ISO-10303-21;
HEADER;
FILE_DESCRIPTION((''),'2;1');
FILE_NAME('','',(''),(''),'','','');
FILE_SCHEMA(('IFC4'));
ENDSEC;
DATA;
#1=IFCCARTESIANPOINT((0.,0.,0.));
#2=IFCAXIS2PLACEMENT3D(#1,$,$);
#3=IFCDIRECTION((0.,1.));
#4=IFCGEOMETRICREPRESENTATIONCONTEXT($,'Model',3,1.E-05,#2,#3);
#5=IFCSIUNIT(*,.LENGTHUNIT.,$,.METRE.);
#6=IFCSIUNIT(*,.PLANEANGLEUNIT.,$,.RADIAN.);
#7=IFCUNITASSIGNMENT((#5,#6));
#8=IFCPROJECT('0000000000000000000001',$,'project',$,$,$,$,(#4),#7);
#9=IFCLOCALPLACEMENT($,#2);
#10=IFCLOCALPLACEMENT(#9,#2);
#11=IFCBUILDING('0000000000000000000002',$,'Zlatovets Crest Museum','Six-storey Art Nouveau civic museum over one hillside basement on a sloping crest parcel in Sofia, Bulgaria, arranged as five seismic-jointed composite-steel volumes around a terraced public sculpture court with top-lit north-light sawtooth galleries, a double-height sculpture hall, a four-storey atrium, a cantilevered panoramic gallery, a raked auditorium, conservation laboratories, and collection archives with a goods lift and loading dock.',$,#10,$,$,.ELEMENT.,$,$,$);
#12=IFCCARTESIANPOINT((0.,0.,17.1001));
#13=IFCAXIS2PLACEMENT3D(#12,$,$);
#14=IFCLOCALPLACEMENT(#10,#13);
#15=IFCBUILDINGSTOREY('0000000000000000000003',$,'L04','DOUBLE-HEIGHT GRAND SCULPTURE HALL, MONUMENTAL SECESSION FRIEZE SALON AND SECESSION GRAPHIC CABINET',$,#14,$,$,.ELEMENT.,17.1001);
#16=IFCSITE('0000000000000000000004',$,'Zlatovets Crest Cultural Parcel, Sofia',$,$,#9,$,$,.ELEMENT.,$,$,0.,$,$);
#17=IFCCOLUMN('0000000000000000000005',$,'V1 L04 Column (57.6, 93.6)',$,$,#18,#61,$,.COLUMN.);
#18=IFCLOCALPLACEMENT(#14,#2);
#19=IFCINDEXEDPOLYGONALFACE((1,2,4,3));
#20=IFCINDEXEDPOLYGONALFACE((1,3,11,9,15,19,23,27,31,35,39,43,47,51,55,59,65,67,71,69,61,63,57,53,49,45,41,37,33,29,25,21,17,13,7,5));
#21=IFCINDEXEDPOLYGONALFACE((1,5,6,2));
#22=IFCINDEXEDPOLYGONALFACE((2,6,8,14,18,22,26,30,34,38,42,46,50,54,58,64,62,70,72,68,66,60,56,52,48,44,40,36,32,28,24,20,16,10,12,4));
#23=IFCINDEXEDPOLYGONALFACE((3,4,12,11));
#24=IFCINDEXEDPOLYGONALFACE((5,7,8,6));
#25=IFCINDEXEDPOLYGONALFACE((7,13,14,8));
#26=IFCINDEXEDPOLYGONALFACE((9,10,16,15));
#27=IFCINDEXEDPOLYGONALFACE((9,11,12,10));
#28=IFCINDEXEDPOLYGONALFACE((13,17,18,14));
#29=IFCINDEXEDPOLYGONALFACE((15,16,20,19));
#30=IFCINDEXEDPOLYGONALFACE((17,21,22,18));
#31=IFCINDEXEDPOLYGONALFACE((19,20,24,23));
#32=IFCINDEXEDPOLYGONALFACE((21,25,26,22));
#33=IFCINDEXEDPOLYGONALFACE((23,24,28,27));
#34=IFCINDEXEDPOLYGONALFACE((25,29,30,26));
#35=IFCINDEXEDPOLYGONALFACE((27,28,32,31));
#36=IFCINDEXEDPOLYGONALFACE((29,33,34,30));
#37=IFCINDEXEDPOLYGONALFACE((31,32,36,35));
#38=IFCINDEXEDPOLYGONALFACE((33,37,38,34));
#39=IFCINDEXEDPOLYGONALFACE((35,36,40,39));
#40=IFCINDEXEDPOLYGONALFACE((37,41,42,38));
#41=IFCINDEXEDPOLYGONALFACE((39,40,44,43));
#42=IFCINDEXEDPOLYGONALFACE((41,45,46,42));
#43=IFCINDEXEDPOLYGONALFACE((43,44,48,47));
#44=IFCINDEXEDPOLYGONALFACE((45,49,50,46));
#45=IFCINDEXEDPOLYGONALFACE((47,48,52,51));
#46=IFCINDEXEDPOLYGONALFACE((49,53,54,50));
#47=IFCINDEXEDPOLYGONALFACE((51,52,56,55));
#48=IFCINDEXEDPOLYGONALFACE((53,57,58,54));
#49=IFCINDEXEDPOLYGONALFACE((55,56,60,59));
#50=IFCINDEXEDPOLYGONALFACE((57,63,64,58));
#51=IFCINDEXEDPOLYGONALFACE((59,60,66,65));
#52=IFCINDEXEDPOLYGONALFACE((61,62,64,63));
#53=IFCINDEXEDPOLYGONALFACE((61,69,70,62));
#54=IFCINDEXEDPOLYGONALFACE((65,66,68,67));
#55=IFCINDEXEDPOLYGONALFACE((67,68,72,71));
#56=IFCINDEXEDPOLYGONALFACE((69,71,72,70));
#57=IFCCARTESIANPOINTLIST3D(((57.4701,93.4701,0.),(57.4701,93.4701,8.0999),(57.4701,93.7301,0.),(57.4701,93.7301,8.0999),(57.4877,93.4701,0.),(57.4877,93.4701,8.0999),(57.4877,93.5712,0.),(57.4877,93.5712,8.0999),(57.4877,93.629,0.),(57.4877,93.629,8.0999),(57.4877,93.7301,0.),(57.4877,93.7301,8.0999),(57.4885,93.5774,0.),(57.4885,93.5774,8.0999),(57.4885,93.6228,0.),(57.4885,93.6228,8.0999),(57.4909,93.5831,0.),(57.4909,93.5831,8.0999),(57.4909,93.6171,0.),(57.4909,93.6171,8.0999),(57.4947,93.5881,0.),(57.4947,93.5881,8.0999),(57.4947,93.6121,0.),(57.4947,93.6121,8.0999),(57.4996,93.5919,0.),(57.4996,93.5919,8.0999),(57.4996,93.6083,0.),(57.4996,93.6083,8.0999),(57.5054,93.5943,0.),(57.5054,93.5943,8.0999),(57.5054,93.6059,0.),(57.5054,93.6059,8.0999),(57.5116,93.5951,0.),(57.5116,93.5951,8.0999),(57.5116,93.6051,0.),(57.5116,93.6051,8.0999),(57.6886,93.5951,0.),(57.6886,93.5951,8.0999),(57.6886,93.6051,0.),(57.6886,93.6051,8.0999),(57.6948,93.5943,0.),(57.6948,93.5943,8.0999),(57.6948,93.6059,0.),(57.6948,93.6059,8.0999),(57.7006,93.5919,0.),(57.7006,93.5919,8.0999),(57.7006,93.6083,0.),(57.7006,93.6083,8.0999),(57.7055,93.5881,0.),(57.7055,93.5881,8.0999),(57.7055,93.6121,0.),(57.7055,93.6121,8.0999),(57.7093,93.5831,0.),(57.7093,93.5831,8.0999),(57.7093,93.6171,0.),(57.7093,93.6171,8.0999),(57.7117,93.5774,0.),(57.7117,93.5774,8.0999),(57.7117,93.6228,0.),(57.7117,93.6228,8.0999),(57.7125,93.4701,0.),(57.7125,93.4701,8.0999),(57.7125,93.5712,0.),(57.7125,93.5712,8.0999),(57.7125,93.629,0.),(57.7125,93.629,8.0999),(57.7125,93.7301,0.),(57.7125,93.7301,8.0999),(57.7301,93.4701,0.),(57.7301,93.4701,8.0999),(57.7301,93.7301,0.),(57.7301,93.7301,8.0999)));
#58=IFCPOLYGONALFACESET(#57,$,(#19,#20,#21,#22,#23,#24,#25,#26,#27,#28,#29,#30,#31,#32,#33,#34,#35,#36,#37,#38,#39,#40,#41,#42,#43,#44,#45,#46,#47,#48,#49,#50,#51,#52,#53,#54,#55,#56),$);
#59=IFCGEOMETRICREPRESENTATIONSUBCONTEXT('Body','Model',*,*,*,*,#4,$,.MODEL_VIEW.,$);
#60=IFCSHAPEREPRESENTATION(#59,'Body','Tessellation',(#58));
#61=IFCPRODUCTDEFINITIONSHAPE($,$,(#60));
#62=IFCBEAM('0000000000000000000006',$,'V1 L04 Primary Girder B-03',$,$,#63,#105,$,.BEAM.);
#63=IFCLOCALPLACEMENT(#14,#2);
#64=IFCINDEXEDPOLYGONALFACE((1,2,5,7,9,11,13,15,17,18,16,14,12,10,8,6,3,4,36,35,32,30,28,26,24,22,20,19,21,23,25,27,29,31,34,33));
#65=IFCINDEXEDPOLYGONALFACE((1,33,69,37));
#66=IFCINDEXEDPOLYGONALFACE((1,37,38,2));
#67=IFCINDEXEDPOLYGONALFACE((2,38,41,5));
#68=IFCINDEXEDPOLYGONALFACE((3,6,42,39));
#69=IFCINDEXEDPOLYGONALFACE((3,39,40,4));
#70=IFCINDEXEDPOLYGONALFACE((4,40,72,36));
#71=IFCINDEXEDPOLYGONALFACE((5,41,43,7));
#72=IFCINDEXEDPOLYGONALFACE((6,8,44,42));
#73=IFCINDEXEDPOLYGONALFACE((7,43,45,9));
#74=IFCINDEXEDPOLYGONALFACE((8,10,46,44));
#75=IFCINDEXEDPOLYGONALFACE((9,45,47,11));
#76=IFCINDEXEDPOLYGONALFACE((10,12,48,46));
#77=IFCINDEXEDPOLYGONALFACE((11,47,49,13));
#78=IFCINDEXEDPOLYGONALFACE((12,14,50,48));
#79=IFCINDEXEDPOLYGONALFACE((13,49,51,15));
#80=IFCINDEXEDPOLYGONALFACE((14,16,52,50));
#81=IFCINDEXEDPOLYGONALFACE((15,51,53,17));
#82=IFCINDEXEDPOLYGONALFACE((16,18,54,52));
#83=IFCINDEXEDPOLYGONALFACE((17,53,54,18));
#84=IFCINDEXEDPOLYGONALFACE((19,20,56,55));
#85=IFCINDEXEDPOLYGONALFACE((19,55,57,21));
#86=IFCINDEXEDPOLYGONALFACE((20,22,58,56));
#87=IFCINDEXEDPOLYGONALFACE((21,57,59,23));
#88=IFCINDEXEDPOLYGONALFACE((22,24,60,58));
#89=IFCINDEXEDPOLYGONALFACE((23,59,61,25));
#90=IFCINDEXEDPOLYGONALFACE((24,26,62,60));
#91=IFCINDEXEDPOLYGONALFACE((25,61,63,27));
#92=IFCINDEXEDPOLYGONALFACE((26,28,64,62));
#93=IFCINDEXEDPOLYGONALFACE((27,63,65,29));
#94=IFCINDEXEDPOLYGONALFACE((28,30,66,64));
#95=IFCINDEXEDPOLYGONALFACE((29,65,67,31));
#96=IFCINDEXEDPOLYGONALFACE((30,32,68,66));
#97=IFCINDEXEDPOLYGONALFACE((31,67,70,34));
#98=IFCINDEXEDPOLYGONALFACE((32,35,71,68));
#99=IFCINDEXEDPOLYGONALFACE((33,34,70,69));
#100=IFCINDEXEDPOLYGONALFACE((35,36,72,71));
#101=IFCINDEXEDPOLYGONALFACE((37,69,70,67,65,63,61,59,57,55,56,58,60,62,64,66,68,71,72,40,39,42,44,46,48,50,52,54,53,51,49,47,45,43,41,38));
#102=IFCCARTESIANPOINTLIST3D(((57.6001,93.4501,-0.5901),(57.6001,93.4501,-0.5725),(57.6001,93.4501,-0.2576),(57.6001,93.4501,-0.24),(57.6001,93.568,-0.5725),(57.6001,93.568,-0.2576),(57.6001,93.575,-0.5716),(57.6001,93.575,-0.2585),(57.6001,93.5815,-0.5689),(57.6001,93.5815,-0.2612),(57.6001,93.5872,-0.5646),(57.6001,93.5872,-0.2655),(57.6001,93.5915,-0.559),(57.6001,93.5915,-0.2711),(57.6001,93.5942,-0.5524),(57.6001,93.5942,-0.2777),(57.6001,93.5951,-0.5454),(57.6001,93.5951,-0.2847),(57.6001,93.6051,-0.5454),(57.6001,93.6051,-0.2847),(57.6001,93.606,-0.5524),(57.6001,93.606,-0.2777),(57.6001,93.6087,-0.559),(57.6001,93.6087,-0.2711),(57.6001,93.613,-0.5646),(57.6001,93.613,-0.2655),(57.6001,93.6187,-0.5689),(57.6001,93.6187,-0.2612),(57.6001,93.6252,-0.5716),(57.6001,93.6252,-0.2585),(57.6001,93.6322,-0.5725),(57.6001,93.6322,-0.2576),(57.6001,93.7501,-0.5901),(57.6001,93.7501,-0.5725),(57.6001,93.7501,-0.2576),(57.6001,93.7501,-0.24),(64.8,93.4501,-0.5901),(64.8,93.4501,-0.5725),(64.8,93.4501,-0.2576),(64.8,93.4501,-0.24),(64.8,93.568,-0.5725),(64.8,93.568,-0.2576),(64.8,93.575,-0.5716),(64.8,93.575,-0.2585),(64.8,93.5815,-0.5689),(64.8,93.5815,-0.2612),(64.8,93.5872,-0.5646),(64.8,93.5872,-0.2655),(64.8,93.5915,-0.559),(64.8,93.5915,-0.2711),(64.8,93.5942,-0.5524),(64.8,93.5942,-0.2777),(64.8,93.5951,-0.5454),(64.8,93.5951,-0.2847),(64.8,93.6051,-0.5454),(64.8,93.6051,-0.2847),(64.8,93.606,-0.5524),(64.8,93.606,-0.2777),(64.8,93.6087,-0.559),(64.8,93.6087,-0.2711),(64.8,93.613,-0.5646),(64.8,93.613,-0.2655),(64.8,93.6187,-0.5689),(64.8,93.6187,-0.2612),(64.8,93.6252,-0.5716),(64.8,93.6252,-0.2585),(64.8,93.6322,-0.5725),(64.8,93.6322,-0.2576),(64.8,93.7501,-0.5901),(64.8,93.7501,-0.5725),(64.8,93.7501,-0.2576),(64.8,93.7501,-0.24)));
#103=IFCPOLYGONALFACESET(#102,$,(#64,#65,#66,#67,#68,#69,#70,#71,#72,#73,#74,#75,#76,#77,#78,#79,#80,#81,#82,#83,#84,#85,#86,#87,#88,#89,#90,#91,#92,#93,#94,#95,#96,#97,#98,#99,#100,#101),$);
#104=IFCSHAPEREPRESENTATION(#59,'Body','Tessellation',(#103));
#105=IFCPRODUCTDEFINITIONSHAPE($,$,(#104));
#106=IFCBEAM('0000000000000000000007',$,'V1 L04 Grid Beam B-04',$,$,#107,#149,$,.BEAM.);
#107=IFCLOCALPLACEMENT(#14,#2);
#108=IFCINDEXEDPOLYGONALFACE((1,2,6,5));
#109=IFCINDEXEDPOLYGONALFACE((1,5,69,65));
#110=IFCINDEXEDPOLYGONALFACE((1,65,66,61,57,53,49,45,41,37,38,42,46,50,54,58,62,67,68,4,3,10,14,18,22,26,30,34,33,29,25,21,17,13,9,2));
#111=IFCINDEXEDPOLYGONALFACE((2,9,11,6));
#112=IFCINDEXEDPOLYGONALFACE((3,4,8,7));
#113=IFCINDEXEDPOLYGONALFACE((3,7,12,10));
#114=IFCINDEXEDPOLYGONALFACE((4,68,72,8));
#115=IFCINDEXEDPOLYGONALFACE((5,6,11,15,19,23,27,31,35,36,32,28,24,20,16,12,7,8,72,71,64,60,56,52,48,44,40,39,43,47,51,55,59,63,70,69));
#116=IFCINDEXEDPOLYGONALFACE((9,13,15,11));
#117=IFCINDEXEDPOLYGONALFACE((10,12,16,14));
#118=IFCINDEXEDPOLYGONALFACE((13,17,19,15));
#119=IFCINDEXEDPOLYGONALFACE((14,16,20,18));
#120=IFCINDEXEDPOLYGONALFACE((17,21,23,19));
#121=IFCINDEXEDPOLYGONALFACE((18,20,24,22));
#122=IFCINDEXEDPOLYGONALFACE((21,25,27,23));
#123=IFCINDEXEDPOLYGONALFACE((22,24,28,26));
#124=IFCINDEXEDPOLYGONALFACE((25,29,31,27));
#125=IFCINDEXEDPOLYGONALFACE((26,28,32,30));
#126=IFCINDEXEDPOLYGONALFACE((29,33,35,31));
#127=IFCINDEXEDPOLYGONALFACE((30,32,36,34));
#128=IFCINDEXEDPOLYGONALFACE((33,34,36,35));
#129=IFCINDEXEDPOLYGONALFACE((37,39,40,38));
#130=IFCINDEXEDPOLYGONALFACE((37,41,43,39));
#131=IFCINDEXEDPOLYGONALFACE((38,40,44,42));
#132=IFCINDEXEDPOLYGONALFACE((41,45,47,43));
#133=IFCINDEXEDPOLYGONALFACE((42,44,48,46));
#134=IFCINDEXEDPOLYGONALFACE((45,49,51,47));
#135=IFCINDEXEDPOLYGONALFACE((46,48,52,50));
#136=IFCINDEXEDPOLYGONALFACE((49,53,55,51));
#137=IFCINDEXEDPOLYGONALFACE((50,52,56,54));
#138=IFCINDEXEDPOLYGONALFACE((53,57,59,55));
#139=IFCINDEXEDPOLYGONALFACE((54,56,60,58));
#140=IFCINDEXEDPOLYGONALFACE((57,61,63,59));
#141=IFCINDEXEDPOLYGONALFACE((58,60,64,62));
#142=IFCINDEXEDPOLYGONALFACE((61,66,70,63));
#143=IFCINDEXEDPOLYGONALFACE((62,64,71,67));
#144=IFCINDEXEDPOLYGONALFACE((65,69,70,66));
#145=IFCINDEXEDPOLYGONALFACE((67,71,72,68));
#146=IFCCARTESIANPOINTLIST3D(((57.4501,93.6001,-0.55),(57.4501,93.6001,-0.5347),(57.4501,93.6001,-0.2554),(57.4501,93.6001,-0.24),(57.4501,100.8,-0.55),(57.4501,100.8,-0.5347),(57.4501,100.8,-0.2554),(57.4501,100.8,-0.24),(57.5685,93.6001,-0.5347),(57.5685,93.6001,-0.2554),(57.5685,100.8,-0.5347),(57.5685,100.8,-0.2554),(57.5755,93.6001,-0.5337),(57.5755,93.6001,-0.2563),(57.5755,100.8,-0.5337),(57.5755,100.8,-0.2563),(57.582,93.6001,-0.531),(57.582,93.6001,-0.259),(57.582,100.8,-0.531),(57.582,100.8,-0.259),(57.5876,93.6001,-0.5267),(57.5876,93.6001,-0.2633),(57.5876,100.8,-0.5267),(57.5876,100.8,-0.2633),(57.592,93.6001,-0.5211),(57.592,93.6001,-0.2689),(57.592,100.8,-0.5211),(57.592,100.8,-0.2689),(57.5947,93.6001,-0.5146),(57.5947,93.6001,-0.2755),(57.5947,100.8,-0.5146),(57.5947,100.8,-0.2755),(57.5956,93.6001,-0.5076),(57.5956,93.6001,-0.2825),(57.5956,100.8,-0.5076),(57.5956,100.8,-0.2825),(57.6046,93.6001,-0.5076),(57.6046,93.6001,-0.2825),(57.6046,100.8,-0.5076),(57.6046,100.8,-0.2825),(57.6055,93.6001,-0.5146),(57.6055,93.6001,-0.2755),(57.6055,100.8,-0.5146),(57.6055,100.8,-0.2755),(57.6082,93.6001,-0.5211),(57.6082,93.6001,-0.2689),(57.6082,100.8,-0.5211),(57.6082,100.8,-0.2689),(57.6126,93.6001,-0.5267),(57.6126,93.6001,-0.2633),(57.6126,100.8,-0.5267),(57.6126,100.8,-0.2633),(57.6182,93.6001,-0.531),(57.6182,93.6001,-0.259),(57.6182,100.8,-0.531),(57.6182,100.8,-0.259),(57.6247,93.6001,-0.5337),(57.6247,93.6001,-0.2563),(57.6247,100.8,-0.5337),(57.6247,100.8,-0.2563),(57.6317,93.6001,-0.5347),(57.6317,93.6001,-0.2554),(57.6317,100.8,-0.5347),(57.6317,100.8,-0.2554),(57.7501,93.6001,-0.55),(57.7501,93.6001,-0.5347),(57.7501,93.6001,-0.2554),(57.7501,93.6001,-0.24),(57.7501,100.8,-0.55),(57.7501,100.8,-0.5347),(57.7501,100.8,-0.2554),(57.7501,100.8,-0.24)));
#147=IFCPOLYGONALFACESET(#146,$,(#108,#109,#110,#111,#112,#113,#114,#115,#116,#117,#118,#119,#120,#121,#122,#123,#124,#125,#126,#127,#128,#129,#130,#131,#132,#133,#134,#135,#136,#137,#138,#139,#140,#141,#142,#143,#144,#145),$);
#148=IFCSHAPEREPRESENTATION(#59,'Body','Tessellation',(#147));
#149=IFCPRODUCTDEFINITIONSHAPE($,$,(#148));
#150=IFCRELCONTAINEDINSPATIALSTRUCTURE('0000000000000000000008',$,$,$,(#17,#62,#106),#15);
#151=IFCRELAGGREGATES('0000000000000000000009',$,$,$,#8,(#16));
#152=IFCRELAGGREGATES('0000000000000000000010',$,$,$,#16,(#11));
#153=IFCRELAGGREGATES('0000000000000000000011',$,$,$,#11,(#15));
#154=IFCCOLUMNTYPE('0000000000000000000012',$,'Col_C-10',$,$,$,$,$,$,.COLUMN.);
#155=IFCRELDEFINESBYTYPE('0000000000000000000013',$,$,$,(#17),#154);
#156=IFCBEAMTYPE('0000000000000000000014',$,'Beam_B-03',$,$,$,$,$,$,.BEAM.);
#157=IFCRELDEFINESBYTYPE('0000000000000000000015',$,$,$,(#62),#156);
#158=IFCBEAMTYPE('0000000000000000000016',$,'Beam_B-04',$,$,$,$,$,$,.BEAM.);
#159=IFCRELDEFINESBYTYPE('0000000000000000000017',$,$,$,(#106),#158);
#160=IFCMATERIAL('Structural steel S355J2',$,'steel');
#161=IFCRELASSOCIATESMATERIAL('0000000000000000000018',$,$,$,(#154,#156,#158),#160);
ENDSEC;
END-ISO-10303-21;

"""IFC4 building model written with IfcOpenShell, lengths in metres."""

from ifc_helpers import new_model, si_unit, direction, frame, origin, origin_2d, place, context, subcontext, project, spatial, i_section, extrude, material, material_profile, profile_set, type_object, element, save


model = new_model("IFC4")

# Units and contexts
model_context = context("Model", 3, precision=1e-05, world=origin(), true_north=direction((0.0, 1.0)))
body_context = subcontext(model_context, "Body", "Model", "MODEL_VIEW")
ifc_project = project(units=[si_unit("LENGTHUNIT", "METRE"), si_unit("PLANEANGLEUNIT", "RADIAN")], contexts=[model_context])

# Site, building, storey
site_placement = place(None, origin())
site = spatial("IfcSite", under=ifc_project, at=site_placement, Name="Zlatovets Crest Cultural Parcel, Sofia", CompositionType="ELEMENT", RefElevation=0.0)
building_placement = place(site_placement, origin())
building = spatial("IfcBuilding", under=site, at=building_placement, Name="Zlatovets Crest Museum", Description="Six-storey Art Nouveau civic museum over one hillside basement on a sloping crest parcel in Sofia, Bulgaria, arranged as five seismic-jointed composite-steel volumes around a terraced public sculpture court with top-lit north-light sawtooth galleries, a double-height sculpture hall, a four-storey atrium, a cantilevered panoramic gallery, a raked auditorium, conservation laboratories, and collection archives with a goods lift and loading dock.", CompositionType="ELEMENT")
storey_placement = place(building_placement, frame((0.0, 0.0, 17.1001)))
storey = spatial("IfcBuildingStorey", under=building, at=storey_placement, Name="L04", Description="DOUBLE-HEIGHT GRAND SCULPTURE HALL, MONUMENTAL SECESSION FRIEZE SALON AND SECESSION GRAPHIC CABINET", CompositionType="ELEMENT", Elevation=17.1001)

# Column
ifc_material_1 = material(Name="Structural steel S355J2", Category="steel")
ifc_material_profile_1 = material_profile(ifc_material_1, i_section(OverallWidth=0.26, OverallDepth=0.26, WebThickness=0.01, FlangeThickness=0.0176, FilletRadius=0.0239, at=origin_2d()), Name="HEB 260")
ifc_profile_set_1 = profile_set([ifc_material_profile_1], Name="Structural steel S355J2")
column_type = type_object("IfcColumnType", Name="Col_C-10", PredefinedType="COLUMN", material=ifc_profile_set_1)
column_placement = place(storey_placement, frame((57.6001, 93.6001, 0.0), z_axis=(0.0, 0.0, 1.0), x_axis=(0.0, 1.0, 0.0)))
element("IfcColumn", 1, at=column_placement, inside=storey, type_object=column_type, Name="V1 L04 Column (57.6, 93.6)", PredefinedType="COLUMN", context=body_context, shape_type="SweptSolid", body=[
    extrude(i_section(OverallWidth=0.26, OverallDepth=0.26, WebThickness=0.01, FlangeThickness=0.0176, FilletRadius=0.0239, at=origin_2d()), origin(), (0.0, 0.0, 1.0), 8.0999),
])

# Beams
ifc_material_profile_2 = material_profile(ifc_material_1, i_section(OverallWidth=0.3, OverallDepth=0.3501, WebThickness=0.01, FlangeThickness=0.0176, FilletRadius=0.0271, at=origin_2d()), Name="HEA 360")
ifc_profile_set_2 = profile_set([ifc_material_profile_2], Name="Structural steel S355J2")
beam_type_1 = type_object("IfcBeamType", Name="Beam_B-03", PredefinedType="BEAM", material=ifc_profile_set_2)
beam_1_placement = place(storey_placement, frame((57.6001, 93.6001, -0.415), z_axis=(1.0, 0.0, 0.0), x_axis=(0.0, 1.0, 0.0)))
element("IfcBeam", 2, at=beam_1_placement, inside=storey, type_object=beam_type_1, Name="V1 L04 Primary Girder B-03", PredefinedType="BEAM", context=body_context, shape_type="SweptSolid", body=[
    extrude(i_section(OverallWidth=0.3, OverallDepth=0.3501, WebThickness=0.01, FlangeThickness=0.0176, FilletRadius=0.0271, at=origin_2d()), origin(), (0.0, 0.0, 1.0), 7.2),
])
ifc_material_profile_3 = material_profile(ifc_material_1, i_section(OverallWidth=0.3, OverallDepth=0.3101, WebThickness=0.009, FlangeThickness=0.0154, FilletRadius=0.0271, at=origin_2d()), Name="HEA 320")
ifc_profile_set_3 = profile_set([ifc_material_profile_3], Name="Structural steel S355J2")
beam_type_2 = type_object("IfcBeamType", Name="Beam_B-04", PredefinedType="BEAM", material=ifc_profile_set_3)
beam_2_placement = place(storey_placement, frame((57.6001, 93.6001, -0.395), z_axis=(0.0, 1.0, 0.0), x_axis=(-1.0, 0.0, 0.0)))
element("IfcBeam", 3, at=beam_2_placement, inside=storey, type_object=beam_type_2, Name="V1 L04 Grid Beam B-04", PredefinedType="BEAM", context=body_context, shape_type="SweptSolid", body=[
    extrude(i_section(OverallWidth=0.3, OverallDepth=0.3101, WebThickness=0.009, FlangeThickness=0.0154, FilletRadius=0.0271, at=origin_2d()), origin(), (0.0, 0.0, 1.0), 7.2),
])

save(model, "model.ifc")
